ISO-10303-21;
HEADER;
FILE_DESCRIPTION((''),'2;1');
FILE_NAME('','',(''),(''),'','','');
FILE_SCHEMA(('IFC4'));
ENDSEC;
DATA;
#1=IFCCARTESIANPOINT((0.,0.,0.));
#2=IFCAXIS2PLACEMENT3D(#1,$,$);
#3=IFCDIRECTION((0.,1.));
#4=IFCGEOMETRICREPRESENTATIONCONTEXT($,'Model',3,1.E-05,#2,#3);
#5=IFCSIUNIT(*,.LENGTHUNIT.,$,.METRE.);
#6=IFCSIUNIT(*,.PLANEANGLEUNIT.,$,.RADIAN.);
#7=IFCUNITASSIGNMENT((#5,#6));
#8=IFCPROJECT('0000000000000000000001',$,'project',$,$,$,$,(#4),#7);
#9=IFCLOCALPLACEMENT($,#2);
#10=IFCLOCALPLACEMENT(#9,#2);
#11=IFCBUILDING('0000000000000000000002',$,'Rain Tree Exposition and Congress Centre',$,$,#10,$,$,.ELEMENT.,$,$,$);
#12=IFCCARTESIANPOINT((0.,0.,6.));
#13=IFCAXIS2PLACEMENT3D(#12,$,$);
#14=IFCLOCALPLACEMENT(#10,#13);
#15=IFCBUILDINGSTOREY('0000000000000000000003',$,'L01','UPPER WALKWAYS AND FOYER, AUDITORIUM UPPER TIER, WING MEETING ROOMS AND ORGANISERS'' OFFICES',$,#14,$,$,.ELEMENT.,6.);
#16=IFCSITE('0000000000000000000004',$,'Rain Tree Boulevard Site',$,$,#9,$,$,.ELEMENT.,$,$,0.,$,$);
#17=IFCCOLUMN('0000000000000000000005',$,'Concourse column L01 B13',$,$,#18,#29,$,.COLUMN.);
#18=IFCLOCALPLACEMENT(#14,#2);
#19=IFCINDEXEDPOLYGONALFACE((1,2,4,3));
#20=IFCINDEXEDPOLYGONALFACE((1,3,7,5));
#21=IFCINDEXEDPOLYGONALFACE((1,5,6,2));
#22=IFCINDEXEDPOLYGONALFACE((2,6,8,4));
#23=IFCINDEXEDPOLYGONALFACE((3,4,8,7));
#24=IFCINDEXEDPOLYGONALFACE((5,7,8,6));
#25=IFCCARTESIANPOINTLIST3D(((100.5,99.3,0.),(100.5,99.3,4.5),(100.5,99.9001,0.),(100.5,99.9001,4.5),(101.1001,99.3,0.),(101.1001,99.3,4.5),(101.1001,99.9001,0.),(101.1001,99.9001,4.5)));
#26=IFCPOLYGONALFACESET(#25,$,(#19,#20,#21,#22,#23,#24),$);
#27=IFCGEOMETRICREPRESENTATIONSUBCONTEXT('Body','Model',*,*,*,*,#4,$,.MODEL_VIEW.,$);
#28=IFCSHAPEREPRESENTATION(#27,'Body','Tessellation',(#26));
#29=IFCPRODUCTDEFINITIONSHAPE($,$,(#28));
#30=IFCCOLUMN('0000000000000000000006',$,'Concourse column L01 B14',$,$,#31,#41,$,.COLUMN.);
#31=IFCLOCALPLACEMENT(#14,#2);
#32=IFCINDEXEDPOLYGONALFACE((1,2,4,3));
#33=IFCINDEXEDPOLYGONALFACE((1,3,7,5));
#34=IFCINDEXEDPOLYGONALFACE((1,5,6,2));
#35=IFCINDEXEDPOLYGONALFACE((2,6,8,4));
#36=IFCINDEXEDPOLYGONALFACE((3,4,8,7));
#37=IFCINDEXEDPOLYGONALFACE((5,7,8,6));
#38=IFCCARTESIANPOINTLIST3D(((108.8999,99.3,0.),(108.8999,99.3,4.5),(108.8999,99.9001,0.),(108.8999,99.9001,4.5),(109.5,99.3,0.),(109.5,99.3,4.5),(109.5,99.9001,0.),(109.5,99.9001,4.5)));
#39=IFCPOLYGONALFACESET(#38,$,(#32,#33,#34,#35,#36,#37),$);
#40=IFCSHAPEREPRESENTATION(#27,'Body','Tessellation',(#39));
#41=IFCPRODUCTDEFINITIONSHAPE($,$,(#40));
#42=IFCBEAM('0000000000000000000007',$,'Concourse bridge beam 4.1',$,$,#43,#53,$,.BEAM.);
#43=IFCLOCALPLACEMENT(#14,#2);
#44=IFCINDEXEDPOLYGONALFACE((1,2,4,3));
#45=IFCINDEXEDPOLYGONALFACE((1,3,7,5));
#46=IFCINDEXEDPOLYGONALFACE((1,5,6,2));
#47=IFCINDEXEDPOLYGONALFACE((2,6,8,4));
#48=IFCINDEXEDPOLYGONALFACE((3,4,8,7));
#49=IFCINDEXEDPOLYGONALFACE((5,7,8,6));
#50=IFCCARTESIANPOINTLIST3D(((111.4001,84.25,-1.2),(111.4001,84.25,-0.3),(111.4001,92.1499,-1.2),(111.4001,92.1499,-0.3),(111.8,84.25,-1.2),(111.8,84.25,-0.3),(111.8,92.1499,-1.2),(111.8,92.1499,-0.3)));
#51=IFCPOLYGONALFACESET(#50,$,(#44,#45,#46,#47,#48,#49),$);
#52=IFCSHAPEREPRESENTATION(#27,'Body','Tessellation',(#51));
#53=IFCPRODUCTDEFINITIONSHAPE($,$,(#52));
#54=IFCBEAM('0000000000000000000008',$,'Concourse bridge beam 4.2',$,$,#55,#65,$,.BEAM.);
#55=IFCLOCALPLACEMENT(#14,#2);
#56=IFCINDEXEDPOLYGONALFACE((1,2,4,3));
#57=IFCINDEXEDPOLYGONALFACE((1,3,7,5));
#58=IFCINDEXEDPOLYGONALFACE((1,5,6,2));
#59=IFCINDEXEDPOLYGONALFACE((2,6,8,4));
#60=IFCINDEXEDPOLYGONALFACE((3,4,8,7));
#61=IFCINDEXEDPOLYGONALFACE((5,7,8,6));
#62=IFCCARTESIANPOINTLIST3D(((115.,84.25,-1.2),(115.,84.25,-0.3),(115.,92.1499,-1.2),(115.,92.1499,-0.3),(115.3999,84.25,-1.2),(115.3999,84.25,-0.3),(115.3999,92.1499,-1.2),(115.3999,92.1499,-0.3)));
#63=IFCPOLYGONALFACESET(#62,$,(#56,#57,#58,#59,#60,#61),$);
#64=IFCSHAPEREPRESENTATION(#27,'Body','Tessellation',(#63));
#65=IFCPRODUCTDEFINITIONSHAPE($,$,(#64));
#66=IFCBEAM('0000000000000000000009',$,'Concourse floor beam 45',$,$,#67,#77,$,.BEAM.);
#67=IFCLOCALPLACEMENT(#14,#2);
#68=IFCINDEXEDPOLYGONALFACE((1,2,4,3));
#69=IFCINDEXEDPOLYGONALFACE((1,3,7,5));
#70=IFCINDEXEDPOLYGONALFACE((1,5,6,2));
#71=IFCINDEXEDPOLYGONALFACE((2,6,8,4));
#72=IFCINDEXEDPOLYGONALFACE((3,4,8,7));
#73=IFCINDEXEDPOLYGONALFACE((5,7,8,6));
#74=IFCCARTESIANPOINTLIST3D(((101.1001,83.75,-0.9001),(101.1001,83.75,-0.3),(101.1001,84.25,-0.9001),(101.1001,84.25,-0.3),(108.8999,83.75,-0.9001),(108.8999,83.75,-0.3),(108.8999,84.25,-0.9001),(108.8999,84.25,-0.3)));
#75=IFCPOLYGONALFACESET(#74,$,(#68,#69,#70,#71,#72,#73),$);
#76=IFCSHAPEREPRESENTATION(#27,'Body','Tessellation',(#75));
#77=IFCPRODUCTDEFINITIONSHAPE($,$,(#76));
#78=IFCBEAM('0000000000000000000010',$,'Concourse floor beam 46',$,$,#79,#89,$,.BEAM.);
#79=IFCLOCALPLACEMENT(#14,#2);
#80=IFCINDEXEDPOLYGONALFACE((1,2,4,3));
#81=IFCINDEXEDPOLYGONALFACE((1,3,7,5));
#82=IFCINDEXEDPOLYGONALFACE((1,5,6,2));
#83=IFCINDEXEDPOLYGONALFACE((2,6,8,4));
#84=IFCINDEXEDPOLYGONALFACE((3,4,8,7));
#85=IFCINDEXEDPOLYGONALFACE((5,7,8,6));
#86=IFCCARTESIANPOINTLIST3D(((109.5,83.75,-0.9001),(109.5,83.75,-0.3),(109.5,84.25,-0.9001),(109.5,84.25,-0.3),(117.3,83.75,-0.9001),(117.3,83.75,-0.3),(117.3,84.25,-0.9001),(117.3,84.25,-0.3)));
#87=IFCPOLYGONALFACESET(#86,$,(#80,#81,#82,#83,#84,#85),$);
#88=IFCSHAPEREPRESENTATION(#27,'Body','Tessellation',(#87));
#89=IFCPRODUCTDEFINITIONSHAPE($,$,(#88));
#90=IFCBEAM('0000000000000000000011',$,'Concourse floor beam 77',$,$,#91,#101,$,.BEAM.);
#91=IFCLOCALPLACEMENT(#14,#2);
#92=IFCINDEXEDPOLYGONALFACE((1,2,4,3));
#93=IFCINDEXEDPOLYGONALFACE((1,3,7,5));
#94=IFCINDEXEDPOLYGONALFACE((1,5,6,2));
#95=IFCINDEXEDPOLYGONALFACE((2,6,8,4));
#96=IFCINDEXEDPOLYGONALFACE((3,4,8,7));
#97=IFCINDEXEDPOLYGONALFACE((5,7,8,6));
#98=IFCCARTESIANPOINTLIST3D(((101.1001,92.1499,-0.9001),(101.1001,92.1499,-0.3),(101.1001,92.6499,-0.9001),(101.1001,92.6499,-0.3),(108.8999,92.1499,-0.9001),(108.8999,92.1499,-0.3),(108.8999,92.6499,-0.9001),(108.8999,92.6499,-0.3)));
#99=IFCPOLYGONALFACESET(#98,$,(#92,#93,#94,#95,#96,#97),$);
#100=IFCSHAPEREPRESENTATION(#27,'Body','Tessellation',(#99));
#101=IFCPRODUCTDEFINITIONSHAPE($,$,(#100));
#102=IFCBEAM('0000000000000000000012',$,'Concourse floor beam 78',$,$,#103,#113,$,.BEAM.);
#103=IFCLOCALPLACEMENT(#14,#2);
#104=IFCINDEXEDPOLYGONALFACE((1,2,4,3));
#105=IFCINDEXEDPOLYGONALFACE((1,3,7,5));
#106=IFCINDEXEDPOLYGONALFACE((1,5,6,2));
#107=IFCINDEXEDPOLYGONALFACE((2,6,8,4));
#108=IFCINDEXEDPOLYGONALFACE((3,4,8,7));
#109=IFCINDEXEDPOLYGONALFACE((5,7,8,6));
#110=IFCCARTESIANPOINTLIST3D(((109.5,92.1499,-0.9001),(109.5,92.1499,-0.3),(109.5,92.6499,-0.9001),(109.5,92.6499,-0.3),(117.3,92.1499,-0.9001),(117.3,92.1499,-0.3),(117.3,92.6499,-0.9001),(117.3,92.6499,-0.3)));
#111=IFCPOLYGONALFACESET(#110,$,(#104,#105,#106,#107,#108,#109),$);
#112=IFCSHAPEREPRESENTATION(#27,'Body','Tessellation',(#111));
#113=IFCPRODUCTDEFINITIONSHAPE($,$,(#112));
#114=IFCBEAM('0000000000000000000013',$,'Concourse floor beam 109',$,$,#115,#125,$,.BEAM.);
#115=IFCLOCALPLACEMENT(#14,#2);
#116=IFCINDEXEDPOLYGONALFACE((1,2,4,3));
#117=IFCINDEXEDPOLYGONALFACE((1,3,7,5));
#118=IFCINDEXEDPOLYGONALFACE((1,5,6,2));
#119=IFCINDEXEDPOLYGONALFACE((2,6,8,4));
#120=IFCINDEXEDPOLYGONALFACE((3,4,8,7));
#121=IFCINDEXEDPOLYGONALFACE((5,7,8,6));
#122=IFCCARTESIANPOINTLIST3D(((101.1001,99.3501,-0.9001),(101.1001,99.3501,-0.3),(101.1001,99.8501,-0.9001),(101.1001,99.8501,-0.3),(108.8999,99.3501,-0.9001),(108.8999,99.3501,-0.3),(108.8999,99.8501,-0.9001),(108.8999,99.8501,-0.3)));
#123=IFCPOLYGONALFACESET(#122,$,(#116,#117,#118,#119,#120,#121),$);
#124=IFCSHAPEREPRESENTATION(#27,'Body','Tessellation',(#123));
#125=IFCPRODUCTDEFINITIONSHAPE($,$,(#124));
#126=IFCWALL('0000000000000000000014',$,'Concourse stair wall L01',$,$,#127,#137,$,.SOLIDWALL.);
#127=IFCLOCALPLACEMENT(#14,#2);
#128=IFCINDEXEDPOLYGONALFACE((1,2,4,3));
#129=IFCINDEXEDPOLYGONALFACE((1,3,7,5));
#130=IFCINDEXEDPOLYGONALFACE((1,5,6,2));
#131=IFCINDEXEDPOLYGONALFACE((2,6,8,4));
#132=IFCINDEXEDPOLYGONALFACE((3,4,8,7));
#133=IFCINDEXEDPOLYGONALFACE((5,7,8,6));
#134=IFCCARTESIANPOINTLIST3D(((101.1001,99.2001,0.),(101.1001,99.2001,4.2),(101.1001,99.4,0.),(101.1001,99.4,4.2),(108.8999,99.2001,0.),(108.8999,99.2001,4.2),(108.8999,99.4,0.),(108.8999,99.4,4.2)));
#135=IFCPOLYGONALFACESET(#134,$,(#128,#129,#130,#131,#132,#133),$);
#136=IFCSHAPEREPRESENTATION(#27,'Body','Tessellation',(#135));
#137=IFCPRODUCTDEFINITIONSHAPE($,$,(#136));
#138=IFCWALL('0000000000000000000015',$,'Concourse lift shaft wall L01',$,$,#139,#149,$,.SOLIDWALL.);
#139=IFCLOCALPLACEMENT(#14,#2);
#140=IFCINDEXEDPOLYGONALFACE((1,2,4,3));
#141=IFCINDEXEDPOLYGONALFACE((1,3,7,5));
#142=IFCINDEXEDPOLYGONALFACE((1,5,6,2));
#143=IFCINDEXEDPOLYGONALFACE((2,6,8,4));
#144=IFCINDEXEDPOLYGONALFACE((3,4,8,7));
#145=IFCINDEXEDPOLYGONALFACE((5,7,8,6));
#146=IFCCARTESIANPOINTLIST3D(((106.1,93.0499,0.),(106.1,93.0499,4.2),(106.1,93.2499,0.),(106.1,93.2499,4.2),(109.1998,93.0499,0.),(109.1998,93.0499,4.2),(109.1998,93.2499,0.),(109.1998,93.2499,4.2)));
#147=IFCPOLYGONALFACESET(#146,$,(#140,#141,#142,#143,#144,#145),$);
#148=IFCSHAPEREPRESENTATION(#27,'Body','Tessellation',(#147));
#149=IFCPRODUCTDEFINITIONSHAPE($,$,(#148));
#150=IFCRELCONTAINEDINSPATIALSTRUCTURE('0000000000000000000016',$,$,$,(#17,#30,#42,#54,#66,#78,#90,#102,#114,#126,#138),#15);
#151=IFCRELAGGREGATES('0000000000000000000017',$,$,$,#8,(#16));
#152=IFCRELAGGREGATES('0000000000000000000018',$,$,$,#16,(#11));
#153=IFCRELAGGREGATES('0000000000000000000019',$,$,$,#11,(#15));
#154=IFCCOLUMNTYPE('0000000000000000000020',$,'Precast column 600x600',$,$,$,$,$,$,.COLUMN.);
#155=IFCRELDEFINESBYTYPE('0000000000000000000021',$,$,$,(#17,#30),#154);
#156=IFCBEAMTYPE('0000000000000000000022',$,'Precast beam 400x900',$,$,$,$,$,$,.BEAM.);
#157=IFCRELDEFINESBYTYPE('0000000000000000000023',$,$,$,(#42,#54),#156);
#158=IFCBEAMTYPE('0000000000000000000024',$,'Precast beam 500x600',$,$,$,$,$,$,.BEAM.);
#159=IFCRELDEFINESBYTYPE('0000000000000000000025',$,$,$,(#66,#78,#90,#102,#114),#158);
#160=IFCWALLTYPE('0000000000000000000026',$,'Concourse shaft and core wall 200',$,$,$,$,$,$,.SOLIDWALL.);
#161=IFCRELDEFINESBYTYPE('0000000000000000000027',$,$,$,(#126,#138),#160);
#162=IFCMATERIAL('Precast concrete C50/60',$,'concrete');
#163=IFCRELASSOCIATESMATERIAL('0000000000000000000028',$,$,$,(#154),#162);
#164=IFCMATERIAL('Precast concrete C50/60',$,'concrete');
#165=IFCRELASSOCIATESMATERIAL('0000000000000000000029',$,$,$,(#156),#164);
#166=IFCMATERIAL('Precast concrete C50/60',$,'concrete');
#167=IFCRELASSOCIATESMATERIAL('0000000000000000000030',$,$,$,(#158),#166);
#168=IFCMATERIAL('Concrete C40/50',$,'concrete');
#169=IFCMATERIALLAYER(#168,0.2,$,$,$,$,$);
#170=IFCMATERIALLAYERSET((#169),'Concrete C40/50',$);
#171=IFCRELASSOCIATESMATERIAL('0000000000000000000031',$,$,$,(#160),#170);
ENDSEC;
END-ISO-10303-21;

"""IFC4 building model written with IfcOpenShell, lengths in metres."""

from ifc_helpers import new_model, si_unit, direction, frame, frame_2d, origin, origin_2d, place, context, subcontext, project, spatial, rectangle, extrude, material, layer, layer_set, material_profile, profile_set, type_object, element, save


model = new_model("IFC4")

# Units and contexts
model_context = context("Model", 3, precision=1e-05, world=origin(), true_north=direction((0.0, 1.0)))
body_context = subcontext(model_context, "Body", "Model", "MODEL_VIEW")
ifc_project = project(units=[si_unit("LENGTHUNIT", "METRE"), si_unit("PLANEANGLEUNIT", "RADIAN")], contexts=[model_context])

# Site, building, storey
site_placement = place(None, origin())
site = spatial("IfcSite", under=ifc_project, at=site_placement, Name="Rain Tree Boulevard Site", CompositionType="ELEMENT", RefElevation=0.0)
building_placement = place(site_placement, origin())
building = spatial("IfcBuilding", under=site, at=building_placement, Name="Rain Tree Exposition and Congress Centre", CompositionType="ELEMENT")
storey_placement = place(building_placement, frame((0.0, 0.0, 6.0)))
storey = spatial("IfcBuildingStorey", under=building, at=storey_placement, Name="L01", Description="UPPER WALKWAYS AND FOYER, AUDITORIUM UPPER TIER, WING MEETING ROOMS AND ORGANISERS' OFFICES", CompositionType="ELEMENT", Elevation=6.0)

# Columns
ifc_material_1 = material(Name="Precast concrete C50/60", Category="concrete")
ifc_material_profile_1 = material_profile(ifc_material_1, rectangle(XDim=0.6001, YDim=0.6001, at=origin_2d()), Name="RC 600x600")
ifc_profile_set_1 = profile_set([ifc_material_profile_1], Name="Precast concrete C50/60")
column_type = type_object("IfcColumnType", Name="Precast column 600x600", PredefinedType="COLUMN", material=ifc_profile_set_1)
for number, where, z_axis, x_axis, name in (
    (1, (100.8, 99.6001, 0.0), (0.0, 0.0, 1.0), (1.0, 0.0, 0.0), "Concourse column L01 B13"),
    (2, (109.2, 99.6001, 0.0), (0.0, 0.0, 1.0), (1.0, 0.0, 0.0), "Concourse column L01 B14"),
):
    element("IfcColumn", number, at=place(storey_placement, frame(where, z_axis=z_axis, x_axis=x_axis)), inside=storey, type_object=column_type, Name=name, PredefinedType="COLUMN", context=body_context, shape_type="SweptSolid", body=[
        extrude(rectangle(XDim=0.6001, YDim=0.6001, at=origin_2d()), origin(), (0.0, 0.0, 1.0), 4.5),
    ])

# Beams
ifc_material_2 = material(Name="Precast concrete C50/60", Category="concrete")
ifc_material_profile_2 = material_profile(ifc_material_2, rectangle(XDim=0.3999, YDim=0.8999, at=origin_2d()), Name="RC 400x900")
ifc_profile_set_2 = profile_set([ifc_material_profile_2], Name="Precast concrete C50/60")
beam_type_1 = type_object("IfcBeamType", Name="Precast beam 400x900", PredefinedType="BEAM", material=ifc_profile_set_2)
for number, where, z_axis, x_axis, name in (
    (3, (111.6001, 84.25, -0.75), (0.0, 1.0, 0.0), (-1.0, 0.0, 0.0), "Concourse bridge beam 4.1"),
    (4, (115.2, 84.25, -0.75), (0.0, 1.0, 0.0), (-1.0, 0.0, 0.0), "Concourse bridge beam 4.2"),
):
    element("IfcBeam", number, at=place(storey_placement, frame(where, z_axis=z_axis, x_axis=x_axis)), inside=storey, type_object=beam_type_1, Name=name, PredefinedType="BEAM", context=body_context, shape_type="SweptSolid", body=[
        extrude(rectangle(XDim=0.3999, YDim=0.8999, at=origin_2d()), origin(), (0.0, 0.0, 1.0), 7.8999),
    ])
ifc_material_3 = material(Name="Precast concrete C50/60", Category="concrete")
ifc_material_profile_3 = material_profile(ifc_material_3, rectangle(XDim=0.5, YDim=0.6001, at=origin_2d()), Name="RC 500x600")
ifc_profile_set_3 = profile_set([ifc_material_profile_3], Name="Precast concrete C50/60")
beam_type_2 = type_object("IfcBeamType", Name="Precast beam 500x600", PredefinedType="BEAM", material=ifc_profile_set_3)
beam_1_placement = place(storey_placement, frame((101.1001, 84.0, -0.6001), z_axis=(1.0, 0.0, 0.0), x_axis=(0.0, 1.0, 0.0)))
element("IfcBeam", 5, at=beam_1_placement, inside=storey, type_object=beam_type_2, Name="Concourse floor beam 45", PredefinedType="BEAM", context=body_context, shape_type="SweptSolid", body=[
    extrude(rectangle(XDim=0.5, YDim=0.6001, at=origin_2d()), origin(), (0.0, 0.0, 1.0), 7.7998),
])
beam_2_placement = place(storey_placement, frame((109.5, 84.0, -0.6001), z_axis=(1.0, 0.0, 0.0), x_axis=(0.0, 1.0, 0.0)))
element("IfcBeam", 6, at=beam_2_placement, inside=storey, type_object=beam_type_2, Name="Concourse floor beam 46", PredefinedType="BEAM", context=body_context, shape_type="SweptSolid", body=[
    extrude(rectangle(XDim=0.5, YDim=0.6001, at=origin_2d()), origin(), (0.0, 0.0, 1.0), 7.8),
])
beam_3_placement = place(storey_placement, frame((101.1001, 92.3999, -0.6001), z_axis=(1.0, 0.0, 0.0), x_axis=(0.0, 1.0, 0.0)))
element("IfcBeam", 7, at=beam_3_placement, inside=storey, type_object=beam_type_2, Name="Concourse floor beam 77", PredefinedType="BEAM", context=body_context, shape_type="SweptSolid", body=[
    extrude(rectangle(XDim=0.5, YDim=0.6001, at=origin_2d()), origin(), (0.0, 0.0, 1.0), 7.7998),
])
beam_4_placement = place(storey_placement, frame((109.5, 92.3999, -0.6001), z_axis=(1.0, 0.0, 0.0), x_axis=(0.0, 1.0, 0.0)))
element("IfcBeam", 8, at=beam_4_placement, inside=storey, type_object=beam_type_2, Name="Concourse floor beam 78", PredefinedType="BEAM", context=body_context, shape_type="SweptSolid", body=[
    extrude(rectangle(XDim=0.5, YDim=0.6001, at=origin_2d()), origin(), (0.0, 0.0, 1.0), 7.8),
])
beam_5_placement = place(storey_placement, frame((101.1001, 99.6001, -0.6001), z_axis=(1.0, 0.0, 0.0), x_axis=(0.0, 1.0, 0.0)))
element("IfcBeam", 9, at=beam_5_placement, inside=storey, type_object=beam_type_2, Name="Concourse floor beam 109", PredefinedType="BEAM", context=body_context, shape_type="SweptSolid", body=[
    extrude(rectangle(XDim=0.5, YDim=0.6001, at=origin_2d()), origin(), (0.0, 0.0, 1.0), 7.7998),
])

# Wall
ifc_material_4 = material(Name="Concrete C40/50", Category="concrete")
ifc_layer_1 = layer(ifc_material_4, 0.2)
ifc_layer_set_1 = layer_set([ifc_layer_1], Name="Concrete C40/50")
wall_type_1 = type_object("IfcWallType", Name="Concourse shaft and core wall 200", PredefinedType="SOLIDWALL", material=ifc_layer_set_1)
wall_1_placement = place(storey_placement, frame((101.1001, 99.3, 0.0), z_axis=(0.0, 0.0, 1.0), x_axis=(1.0, 0.0, 0.0)))
element("IfcWall", 10, at=wall_1_placement, inside=storey, type_object=wall_type_1, Name="Concourse stair wall L01", PredefinedType="SOLIDWALL", context=body_context, shape_type="SweptSolid", body=[
    extrude(rectangle(XDim=7.7998, YDim=0.2, at=frame_2d((3.8999, 0.0))), origin(), (0.0, 0.0, 1.0), 4.2),
])

# Wall
wall_2_placement = place(storey_placement, frame((106.1001, 93.1499, 0.0), z_axis=(0.0, 0.0, 1.0), x_axis=(1.0, 0.0, 0.0)))
element("IfcWall", 11, at=wall_2_placement, inside=storey, type_object=wall_type_1, Name="Concourse lift shaft wall L01", PredefinedType="SOLIDWALL", context=body_context, shape_type="SweptSolid", body=[
    extrude(rectangle(XDim=3.0999, YDim=0.2, at=frame_2d((1.5498, 0.0))), origin(), (0.0, 0.0, 1.0), 4.2),
])

save(model, "model.ifc")
